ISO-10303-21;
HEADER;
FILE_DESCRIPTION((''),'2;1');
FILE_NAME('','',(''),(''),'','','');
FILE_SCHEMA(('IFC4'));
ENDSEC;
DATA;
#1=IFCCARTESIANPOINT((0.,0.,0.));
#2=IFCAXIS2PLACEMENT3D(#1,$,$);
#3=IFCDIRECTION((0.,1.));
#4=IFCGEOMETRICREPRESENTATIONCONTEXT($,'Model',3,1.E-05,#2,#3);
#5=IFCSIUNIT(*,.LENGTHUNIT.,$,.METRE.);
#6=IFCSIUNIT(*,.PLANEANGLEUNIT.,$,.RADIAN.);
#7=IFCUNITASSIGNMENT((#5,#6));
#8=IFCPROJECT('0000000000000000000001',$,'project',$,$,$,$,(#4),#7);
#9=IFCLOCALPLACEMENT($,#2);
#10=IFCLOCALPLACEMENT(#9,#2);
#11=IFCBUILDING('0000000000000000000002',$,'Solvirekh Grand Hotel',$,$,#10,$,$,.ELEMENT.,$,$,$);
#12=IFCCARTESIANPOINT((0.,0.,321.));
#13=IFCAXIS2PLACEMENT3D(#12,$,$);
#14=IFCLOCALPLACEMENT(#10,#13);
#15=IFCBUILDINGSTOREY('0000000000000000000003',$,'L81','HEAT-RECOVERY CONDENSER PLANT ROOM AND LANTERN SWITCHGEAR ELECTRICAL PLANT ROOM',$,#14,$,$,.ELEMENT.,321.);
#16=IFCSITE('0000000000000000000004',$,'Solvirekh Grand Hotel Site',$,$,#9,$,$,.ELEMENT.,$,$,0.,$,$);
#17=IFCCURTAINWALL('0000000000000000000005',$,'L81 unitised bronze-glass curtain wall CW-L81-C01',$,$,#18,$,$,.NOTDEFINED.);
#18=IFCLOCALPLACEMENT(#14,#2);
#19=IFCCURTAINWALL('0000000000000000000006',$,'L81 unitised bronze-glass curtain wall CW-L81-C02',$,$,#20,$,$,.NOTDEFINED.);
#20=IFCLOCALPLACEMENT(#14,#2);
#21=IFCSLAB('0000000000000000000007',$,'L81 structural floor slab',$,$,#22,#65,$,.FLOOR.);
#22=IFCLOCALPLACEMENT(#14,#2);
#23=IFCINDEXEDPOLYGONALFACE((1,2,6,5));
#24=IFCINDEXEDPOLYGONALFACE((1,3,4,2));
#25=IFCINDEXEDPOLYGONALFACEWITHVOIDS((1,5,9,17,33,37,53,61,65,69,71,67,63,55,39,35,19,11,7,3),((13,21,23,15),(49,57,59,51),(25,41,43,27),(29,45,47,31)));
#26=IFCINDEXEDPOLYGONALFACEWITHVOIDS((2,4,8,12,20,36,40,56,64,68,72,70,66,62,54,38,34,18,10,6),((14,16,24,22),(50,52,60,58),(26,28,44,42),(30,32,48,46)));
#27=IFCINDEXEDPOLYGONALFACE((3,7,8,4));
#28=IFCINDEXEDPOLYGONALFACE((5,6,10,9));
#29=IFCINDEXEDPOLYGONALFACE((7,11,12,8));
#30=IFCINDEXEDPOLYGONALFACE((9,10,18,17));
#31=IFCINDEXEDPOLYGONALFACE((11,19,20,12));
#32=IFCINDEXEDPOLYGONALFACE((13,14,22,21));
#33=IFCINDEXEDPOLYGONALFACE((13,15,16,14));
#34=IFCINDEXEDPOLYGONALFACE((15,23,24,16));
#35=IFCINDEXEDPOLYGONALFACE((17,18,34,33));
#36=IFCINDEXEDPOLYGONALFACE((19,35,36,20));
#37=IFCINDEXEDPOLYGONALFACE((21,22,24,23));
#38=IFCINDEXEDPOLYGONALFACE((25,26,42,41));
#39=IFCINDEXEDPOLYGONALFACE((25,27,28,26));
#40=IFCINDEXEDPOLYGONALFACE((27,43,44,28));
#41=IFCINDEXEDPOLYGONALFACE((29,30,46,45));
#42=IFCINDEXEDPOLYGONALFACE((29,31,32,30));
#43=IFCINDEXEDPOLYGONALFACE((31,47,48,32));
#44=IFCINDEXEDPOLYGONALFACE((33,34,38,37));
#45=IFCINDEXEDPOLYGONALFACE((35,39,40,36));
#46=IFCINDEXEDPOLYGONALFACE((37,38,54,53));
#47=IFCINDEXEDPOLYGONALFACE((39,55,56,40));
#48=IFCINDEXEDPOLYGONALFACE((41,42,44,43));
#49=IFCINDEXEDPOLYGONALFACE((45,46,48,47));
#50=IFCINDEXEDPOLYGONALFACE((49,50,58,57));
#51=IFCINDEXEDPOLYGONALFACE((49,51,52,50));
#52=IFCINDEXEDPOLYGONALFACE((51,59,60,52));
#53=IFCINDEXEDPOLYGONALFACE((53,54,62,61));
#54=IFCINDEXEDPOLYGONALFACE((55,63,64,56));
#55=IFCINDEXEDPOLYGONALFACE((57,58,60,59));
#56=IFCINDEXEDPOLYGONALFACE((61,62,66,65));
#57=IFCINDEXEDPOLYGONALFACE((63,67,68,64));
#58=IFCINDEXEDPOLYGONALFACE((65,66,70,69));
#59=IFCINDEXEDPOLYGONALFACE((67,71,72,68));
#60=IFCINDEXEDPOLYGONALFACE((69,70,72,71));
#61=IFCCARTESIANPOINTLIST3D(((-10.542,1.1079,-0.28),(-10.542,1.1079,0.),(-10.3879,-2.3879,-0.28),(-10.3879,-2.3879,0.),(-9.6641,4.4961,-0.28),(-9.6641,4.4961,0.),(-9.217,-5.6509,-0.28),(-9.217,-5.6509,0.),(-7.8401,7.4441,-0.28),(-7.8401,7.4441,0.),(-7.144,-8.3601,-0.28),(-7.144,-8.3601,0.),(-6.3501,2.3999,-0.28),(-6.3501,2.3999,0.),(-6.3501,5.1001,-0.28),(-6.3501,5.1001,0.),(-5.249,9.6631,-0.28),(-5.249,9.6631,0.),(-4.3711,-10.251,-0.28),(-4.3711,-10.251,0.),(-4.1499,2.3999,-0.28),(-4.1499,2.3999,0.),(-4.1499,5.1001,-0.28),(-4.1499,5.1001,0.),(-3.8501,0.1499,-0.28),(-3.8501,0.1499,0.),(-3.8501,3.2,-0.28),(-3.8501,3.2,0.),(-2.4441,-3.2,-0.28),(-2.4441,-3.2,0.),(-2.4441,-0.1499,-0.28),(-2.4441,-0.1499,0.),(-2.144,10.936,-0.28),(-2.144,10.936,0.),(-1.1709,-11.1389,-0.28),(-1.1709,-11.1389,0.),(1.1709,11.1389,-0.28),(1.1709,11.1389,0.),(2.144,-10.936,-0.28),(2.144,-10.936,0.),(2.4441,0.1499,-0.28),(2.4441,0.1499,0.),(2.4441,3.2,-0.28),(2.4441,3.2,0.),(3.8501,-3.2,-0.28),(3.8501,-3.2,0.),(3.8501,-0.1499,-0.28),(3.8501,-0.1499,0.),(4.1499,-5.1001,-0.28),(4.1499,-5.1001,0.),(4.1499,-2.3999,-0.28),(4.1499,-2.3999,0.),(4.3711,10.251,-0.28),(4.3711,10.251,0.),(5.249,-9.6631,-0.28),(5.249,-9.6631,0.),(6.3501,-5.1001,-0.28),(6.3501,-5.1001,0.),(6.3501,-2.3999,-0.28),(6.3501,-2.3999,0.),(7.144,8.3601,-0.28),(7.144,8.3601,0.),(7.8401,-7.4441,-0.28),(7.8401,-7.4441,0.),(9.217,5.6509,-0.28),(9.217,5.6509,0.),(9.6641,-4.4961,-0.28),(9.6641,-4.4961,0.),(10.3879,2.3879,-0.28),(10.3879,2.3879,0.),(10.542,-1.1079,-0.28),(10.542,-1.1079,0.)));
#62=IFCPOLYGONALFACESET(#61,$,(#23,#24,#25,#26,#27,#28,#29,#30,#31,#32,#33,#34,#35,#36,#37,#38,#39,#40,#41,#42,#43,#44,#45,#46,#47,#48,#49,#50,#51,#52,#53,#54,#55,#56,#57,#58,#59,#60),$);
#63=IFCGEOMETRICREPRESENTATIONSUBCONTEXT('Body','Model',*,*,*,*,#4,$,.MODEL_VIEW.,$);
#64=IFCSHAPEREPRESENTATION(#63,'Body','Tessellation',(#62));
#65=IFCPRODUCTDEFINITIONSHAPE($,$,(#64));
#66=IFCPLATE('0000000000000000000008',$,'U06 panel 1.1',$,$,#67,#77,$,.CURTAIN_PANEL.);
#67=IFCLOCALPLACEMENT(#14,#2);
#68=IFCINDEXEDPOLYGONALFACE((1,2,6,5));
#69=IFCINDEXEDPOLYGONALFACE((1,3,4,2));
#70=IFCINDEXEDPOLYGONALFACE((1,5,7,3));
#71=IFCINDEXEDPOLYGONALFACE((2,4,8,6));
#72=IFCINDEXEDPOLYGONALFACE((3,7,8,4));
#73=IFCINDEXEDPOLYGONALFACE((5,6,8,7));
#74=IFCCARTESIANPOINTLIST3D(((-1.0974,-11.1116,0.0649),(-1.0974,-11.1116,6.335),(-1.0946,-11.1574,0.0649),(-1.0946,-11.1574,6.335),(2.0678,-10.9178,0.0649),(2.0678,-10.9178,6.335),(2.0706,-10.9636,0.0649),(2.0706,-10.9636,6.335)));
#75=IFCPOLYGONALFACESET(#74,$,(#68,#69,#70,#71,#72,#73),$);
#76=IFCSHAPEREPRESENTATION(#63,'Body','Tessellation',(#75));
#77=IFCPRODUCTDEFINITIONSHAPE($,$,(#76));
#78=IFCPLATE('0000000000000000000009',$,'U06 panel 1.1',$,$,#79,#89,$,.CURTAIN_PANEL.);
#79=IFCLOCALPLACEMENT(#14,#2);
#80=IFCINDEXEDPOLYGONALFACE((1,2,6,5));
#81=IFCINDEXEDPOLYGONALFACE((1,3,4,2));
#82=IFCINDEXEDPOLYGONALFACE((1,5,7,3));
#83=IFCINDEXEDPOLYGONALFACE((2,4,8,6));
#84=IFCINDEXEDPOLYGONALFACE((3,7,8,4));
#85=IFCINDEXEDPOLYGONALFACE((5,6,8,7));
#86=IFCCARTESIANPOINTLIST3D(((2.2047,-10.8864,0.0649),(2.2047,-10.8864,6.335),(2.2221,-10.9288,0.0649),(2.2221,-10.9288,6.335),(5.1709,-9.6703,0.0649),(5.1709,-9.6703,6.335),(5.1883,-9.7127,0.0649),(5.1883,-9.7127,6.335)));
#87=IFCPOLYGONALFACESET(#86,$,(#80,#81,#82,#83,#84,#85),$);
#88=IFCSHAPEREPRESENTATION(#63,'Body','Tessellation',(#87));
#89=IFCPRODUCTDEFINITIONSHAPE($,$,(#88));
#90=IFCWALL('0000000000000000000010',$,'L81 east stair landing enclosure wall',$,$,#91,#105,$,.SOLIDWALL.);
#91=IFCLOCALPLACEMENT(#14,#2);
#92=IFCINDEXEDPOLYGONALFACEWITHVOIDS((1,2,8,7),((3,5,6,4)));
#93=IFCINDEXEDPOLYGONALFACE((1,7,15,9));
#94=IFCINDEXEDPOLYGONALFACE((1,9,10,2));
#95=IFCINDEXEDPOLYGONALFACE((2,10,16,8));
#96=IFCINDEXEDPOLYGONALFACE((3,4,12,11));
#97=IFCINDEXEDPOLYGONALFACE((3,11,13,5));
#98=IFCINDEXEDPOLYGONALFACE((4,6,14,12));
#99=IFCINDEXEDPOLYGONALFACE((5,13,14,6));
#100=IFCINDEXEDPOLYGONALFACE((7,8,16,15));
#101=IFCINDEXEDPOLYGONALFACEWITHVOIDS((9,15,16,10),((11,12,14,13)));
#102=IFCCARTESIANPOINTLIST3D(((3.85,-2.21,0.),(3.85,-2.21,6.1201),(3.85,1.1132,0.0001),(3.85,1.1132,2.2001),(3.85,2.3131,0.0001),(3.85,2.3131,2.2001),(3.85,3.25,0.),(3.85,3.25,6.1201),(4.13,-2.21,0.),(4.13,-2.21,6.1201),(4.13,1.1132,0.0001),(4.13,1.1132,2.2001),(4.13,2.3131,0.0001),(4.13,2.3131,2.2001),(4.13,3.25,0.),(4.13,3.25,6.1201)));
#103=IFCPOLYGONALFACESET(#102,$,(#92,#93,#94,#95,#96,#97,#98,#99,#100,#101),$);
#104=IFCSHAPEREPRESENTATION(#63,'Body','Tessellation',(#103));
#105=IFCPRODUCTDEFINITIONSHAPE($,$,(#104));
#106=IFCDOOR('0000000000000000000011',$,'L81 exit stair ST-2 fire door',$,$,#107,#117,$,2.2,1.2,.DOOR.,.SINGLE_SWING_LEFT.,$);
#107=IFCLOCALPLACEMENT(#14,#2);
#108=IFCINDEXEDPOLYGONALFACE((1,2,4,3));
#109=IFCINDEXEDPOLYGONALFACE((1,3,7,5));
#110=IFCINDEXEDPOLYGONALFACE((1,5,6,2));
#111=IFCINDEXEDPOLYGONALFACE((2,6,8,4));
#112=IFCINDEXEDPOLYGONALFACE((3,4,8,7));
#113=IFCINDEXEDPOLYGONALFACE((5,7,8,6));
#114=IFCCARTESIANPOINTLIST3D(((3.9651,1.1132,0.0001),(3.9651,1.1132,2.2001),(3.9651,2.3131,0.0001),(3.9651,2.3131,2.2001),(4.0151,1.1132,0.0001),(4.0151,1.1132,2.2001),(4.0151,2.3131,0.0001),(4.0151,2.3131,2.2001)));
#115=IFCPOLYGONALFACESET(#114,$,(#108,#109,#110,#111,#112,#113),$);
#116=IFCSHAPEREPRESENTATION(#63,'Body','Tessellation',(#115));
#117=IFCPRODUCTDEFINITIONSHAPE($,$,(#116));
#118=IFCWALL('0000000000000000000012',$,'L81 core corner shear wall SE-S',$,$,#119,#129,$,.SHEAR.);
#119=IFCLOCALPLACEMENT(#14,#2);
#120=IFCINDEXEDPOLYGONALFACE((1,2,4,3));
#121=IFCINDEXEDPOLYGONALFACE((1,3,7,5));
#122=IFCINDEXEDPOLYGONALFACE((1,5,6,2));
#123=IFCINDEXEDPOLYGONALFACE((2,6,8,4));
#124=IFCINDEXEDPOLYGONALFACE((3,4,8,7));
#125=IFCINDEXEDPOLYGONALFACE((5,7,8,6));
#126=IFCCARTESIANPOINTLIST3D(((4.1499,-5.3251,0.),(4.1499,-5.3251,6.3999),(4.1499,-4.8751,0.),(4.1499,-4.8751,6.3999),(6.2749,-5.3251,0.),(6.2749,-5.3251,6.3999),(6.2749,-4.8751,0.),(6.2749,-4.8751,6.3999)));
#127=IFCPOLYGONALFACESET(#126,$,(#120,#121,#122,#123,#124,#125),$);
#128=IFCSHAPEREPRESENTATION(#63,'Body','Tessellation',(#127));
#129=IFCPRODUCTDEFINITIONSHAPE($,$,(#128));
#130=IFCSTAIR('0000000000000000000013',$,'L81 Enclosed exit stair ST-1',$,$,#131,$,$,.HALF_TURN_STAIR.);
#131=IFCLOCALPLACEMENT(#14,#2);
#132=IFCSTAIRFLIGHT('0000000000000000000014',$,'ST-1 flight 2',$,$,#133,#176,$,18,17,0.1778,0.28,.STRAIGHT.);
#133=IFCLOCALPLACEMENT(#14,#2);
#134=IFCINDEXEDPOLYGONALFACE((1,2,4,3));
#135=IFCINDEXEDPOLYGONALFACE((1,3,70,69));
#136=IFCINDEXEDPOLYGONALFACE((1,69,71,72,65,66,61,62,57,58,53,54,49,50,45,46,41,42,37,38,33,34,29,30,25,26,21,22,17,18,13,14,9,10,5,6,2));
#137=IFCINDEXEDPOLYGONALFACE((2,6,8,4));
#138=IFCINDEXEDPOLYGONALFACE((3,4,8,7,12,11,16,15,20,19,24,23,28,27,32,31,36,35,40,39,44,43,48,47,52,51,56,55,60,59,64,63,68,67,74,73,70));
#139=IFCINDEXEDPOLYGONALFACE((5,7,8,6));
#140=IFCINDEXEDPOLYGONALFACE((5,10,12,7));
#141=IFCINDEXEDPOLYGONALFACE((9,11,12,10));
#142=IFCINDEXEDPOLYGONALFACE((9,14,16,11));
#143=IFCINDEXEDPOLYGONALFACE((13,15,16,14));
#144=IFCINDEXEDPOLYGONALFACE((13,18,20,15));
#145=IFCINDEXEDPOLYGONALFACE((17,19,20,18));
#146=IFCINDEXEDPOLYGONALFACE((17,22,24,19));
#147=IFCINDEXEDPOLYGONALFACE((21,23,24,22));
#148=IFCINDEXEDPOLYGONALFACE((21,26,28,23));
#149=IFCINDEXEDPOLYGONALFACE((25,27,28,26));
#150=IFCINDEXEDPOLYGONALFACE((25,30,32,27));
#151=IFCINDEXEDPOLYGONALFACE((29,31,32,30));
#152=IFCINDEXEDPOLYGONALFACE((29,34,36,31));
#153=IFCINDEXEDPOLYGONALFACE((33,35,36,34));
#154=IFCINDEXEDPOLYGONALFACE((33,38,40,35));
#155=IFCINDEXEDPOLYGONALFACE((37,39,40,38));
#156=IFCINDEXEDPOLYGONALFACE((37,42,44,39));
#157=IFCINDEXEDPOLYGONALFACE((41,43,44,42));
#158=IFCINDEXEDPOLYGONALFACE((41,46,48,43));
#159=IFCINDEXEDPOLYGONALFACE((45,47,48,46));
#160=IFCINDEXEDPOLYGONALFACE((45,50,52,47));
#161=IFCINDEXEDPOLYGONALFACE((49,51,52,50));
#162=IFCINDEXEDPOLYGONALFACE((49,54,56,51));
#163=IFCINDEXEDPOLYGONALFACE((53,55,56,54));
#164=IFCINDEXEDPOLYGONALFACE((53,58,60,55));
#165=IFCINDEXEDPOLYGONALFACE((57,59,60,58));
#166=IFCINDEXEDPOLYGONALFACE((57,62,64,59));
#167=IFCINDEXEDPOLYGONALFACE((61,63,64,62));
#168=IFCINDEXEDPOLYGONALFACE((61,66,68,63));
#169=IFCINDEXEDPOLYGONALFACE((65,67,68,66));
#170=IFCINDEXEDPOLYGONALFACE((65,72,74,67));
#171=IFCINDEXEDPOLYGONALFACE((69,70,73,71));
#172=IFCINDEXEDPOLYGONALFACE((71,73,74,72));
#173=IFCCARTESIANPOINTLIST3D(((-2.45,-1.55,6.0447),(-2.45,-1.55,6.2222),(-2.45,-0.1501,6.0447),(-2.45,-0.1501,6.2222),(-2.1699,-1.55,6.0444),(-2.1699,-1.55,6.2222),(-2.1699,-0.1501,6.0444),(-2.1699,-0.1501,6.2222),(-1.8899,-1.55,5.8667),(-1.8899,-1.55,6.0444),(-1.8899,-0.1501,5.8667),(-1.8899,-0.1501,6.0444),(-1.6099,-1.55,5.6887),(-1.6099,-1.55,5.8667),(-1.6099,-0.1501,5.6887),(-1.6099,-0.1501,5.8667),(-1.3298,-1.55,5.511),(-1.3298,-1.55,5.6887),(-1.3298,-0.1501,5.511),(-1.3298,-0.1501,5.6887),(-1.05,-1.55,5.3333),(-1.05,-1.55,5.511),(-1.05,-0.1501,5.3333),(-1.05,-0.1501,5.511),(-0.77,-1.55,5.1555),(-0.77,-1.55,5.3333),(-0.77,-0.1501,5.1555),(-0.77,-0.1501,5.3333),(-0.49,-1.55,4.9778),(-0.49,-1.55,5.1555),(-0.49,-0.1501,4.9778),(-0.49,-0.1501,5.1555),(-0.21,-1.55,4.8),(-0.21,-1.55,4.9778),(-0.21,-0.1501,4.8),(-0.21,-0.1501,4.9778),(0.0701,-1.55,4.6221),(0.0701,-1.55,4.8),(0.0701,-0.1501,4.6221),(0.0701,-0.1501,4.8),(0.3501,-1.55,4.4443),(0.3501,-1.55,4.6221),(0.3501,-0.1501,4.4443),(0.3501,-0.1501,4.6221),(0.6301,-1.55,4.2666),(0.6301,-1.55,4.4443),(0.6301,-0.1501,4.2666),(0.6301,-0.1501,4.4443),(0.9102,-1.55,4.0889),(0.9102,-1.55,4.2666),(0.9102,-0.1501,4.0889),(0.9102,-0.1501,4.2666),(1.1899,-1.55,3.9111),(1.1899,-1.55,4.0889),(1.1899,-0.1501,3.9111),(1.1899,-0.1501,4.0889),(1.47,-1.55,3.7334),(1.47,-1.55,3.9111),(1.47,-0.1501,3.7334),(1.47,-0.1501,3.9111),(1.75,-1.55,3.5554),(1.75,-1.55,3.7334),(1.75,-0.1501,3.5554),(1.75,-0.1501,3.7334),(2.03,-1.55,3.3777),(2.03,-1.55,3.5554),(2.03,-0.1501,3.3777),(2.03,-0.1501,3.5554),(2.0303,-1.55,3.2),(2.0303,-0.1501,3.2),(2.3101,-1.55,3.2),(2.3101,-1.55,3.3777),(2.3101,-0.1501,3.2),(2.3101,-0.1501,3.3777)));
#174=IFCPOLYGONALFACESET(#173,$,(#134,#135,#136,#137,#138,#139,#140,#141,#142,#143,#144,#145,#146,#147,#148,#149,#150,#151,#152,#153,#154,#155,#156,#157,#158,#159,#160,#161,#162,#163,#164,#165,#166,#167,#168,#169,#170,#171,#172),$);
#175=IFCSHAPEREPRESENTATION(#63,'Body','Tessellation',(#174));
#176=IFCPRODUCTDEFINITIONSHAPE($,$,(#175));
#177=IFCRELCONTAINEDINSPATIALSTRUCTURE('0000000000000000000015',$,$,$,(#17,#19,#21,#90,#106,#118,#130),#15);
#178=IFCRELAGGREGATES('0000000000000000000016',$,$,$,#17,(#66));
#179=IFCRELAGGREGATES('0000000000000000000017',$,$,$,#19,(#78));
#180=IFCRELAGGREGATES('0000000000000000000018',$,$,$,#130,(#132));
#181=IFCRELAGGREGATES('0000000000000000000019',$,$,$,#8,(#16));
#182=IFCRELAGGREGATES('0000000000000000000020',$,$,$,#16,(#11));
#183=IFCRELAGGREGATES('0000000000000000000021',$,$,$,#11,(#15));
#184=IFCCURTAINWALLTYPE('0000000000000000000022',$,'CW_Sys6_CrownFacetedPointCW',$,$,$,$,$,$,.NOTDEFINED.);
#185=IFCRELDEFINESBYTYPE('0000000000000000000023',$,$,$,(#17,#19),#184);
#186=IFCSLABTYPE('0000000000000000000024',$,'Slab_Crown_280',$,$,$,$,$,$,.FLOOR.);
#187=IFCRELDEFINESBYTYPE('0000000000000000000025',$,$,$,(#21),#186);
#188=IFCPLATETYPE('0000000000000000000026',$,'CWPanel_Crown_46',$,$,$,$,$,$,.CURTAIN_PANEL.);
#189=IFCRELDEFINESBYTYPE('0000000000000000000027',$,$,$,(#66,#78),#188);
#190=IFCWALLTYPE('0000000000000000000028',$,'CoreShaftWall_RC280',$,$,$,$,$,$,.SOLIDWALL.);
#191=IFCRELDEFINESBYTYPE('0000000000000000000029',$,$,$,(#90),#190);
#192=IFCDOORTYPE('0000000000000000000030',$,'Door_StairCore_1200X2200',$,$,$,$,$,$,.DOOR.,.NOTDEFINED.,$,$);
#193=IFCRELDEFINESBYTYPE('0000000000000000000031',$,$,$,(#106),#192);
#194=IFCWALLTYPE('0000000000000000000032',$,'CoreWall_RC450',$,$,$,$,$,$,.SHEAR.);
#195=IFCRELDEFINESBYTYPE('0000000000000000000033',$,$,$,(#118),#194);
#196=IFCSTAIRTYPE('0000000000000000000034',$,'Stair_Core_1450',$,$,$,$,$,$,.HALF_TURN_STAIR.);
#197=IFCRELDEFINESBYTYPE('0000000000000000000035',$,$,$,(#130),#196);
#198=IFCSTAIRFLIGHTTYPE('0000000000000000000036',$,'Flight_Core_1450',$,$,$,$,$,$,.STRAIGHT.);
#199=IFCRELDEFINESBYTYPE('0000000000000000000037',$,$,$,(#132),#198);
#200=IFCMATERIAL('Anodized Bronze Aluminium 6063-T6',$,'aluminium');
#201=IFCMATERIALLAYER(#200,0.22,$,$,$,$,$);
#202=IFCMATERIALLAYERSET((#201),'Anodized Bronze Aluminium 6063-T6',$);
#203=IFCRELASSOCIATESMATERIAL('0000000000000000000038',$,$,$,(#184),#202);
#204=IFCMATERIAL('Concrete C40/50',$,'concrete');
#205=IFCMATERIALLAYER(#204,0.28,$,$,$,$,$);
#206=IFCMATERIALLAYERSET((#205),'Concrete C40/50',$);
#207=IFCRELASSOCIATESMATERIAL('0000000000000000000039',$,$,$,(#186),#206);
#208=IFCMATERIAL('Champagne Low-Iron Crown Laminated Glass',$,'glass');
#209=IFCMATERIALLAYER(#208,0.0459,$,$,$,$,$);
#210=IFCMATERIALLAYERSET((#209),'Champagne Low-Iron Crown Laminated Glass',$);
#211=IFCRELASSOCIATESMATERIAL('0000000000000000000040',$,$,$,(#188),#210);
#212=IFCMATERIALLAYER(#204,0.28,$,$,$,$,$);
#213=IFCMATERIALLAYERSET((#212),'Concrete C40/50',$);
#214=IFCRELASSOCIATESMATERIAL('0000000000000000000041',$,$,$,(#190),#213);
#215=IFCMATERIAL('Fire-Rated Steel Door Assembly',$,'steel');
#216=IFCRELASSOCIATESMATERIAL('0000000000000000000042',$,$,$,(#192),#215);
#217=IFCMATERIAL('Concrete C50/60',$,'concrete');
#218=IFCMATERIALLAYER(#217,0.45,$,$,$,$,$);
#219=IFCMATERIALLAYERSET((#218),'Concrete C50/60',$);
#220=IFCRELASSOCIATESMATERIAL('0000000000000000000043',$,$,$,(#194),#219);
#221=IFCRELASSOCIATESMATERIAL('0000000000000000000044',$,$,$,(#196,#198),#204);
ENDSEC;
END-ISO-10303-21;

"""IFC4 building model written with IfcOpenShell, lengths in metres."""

from ifc_helpers import new_model, si_unit, direction, frame, frame_2d, origin, origin_2d, place, context, subcontext, project, spatial, polyline, rectangle, outline, extrude, source, transform, mapped, material, layer, layer_set, type_object, element, fill, aggregate, save


model = new_model("IFC4")

# Units and contexts
model_context = context("Model", 3, precision=1e-05, world=origin(), true_north=direction((0.0, 1.0)))
body_context = subcontext(model_context, "Body", "Model", "MODEL_VIEW")
ifc_project = project(units=[si_unit("LENGTHUNIT", "METRE"), si_unit("PLANEANGLEUNIT", "RADIAN")], contexts=[model_context])

# Site, building, storey
site_placement = place(None, origin())
site = spatial("IfcSite", under=ifc_project, at=site_placement, Name="Solvirekh Grand Hotel Site", CompositionType="ELEMENT", RefElevation=0.0)
building_placement = place(site_placement, origin())
building = spatial("IfcBuilding", under=site, at=building_placement, Name="Solvirekh Grand Hotel", CompositionType="ELEMENT")
storey_placement = place(building_placement, frame((0.0, 0.0, 321.0)))
storey = spatial("IfcBuildingStorey", under=building, at=storey_placement, Name="L81", Description="HEAT-RECOVERY CONDENSER PLANT ROOM AND LANTERN SWITCHGEAR ELECTRICAL PLANT ROOM", CompositionType="ELEMENT", Elevation=321.0)

# Curtain walls
ifc_material_1 = material(Name="Anodized Bronze Aluminium 6063-T6", Category="aluminium")
ifc_layer_1 = layer(ifc_material_1, 0.22)
ifc_layer_set_1 = layer_set([ifc_layer_1], Name="Anodized Bronze Aluminium 6063-T6")
curtain_wall_type = type_object("IfcCurtainWallType", Name="CW_Sys6_CrownFacetedPointCW", PredefinedType="NOTDEFINED", material=ifc_layer_set_1)
curtain_wall_1_placement = place(storey_placement, origin())
curtain_wall_1 = element("IfcCurtainWall", 1, at=curtain_wall_1_placement, inside=storey, type_object=curtain_wall_type, Name="L81 unitised bronze-glass curtain wall CW-L81-C01", PredefinedType="NOTDEFINED")
curtain_wall_2_placement = place(storey_placement, origin())
curtain_wall_2 = element("IfcCurtainWall", 2, at=curtain_wall_2_placement, inside=storey, type_object=curtain_wall_type, Name="L81 unitised bronze-glass curtain wall CW-L81-C02", PredefinedType="NOTDEFINED")

# Slab
ifc_material_2 = material(Name="Concrete C40/50", Category="concrete")
ifc_layer_2 = layer(ifc_material_2, 0.28)
ifc_layer_set_2 = layer_set([ifc_layer_2], Name="Concrete C40/50")
slab_type = type_object("IfcSlabType", Name="Slab_Crown_280", PredefinedType="FLOOR", material=ifc_layer_set_2)
slab_placement = place(storey_placement, frame((0.0, 0.0, -0.28)))
element("IfcSlab", 3, at=slab_placement, inside=storey, type_object=slab_type, Name="L81 structural floor slab", PredefinedType="FLOOR", context=body_context, shape_type="SweptSolid", body=[
    extrude(outline(polyline([(-1.1709, -11.1389), (2.144, -10.936), (5.249, -9.6631), (7.8401, -7.4441), (9.6641, -4.4961), (10.542, -1.1079), (10.3879, 2.3879), (9.217, 5.6509), (7.144, 8.3601), (4.3711, 10.251), (1.1709, 11.1389), (-2.144, 10.936), (-5.249, 9.6631), (-7.8401, 7.4441), (-9.6641, 4.4961), (-10.542, 1.1079), (-10.3879, -2.3879), (-9.217, -5.6509), (-7.144, -8.3601), (-4.3711, -10.251), (-1.1709, -11.1389)]), holes=[polyline([(-2.4441, -0.1499), (3.8501, -0.1499), (3.8501, -3.2), (-2.4441, -3.2), (-2.4441, -0.1499)]), polyline([(2.4441, 0.1499), (-3.8501, 0.1499), (-3.8501, 3.2), (2.4441, 3.2), (2.4441, 0.1499)]), polyline([(-6.3501, 5.1001), (-4.1499, 5.1001), (-4.1499, 2.3999), (-6.3501, 2.3999), (-6.3501, 5.1001)]), polyline([(4.1499, -2.3999), (6.3501, -2.3999), (6.3501, -5.1001), (4.1499, -5.1001), (4.1499, -2.3999)])]), origin(), (0.0, 0.0, 1.0), 0.28),
])

# Plates
ifc_material_3 = material(Name="Champagne Low-Iron Crown Laminated Glass", Category="glass")
ifc_layer_3 = layer(ifc_material_3, 0.0459)
ifc_layer_set_3 = layer_set([ifc_layer_3], Name="Champagne Low-Iron Crown Laminated Glass")
plate_type_1 = type_object("IfcPlateType", Name="CWPanel_Crown_46", PredefinedType="CURTAIN_PANEL", material=ifc_layer_set_3)
shared_shape_1 = source(origin(), body_context, "Body", "SweptSolid", [
    extrude(rectangle(XDim=3.1711, YDim=0.0459, at=origin_2d()), origin(), (0.0, 0.0, 1.0), 6.27),
])
plate_1_placement = place(storey_placement, frame((0.4866, -11.0376, 0.0649), z_axis=(0.0, 0.0, 1.0), x_axis=(0.99813, 0.061122, 0.0)))
plate_1 = element("IfcPlate", 4, at=plate_1_placement, type_object=plate_type_1, Name="U06 panel 1.1", PredefinedType="CURTAIN_PANEL", context=body_context, shape_type="MappedRepresentation", body=[
    mapped(shared_shape_1, transform((0.0, 0.0, 0.0), x_axis=(1.0, 0.0, 0.0), y_axis=(0.0, 1.0, 0.0), z_axis=(0.0, 0.0, 1.0), scale=1.0)),
])
aggregate(curtain_wall_1, [plate_1])
shared_shape_2 = source(origin(), body_context, "Body", "SweptSolid", [
    extrude(rectangle(XDim=3.2058, YDim=0.0459, at=origin_2d()), origin(), (0.0, 0.0, 1.0), 6.27),
])
plate_2_placement = place(storey_placement, frame((3.6965, -10.2996, 0.0649), z_axis=(0.0, 0.0, 1.0), x_axis=(0.925257, 0.379341, 0.0)))
plate_2 = element("IfcPlate", 5, at=plate_2_placement, type_object=plate_type_1, Name="U06 panel 1.1", PredefinedType="CURTAIN_PANEL", context=body_context, shape_type="MappedRepresentation", body=[
    mapped(shared_shape_2, transform((0.0, 0.0, 0.0), x_axis=(1.0, 0.0, 0.0), y_axis=(0.0, 1.0, 0.0), z_axis=(0.0, 0.0, 1.0), scale=1.0)),
])
aggregate(curtain_wall_2, [plate_2])

# Wall, opening, door
ifc_layer_4 = layer(ifc_material_2, 0.28)
ifc_layer_set_4 = layer_set([ifc_layer_4], Name="Concrete C40/50")
wall_type_1 = type_object("IfcWallType", Name="CoreShaftWall_RC280", PredefinedType="SOLIDWALL", material=ifc_layer_set_4)
wall_1_placement = place(storey_placement, frame((3.99, -2.21, 0.0), z_axis=(0.0, 0.0, 1.0), x_axis=(0.0, 1.0, 0.0)))
wall_1 = element("IfcWall", 6, at=wall_1_placement, inside=storey, type_object=wall_type_1, Name="L81 east stair landing enclosure wall", PredefinedType="SOLIDWALL", context=body_context, shape_type="SweptSolid", body=[
    extrude(rectangle(XDim=5.46, YDim=0.28, at=frame_2d((2.73, 0.0))), origin(), (0.0, 0.0, 1.0), 6.1201),
])
opening_placement = place(wall_1_placement, frame((3.323, 0.0, 0.0)))
opening = element("IfcOpeningElement", 7, at=opening_placement, cuts=wall_1, PredefinedType="OPENING", context=body_context, shape_type="SweptSolid", body=[
    extrude(rectangle(XDim=1.2, YDim=2.2, at=frame_2d((0.6001, 1.1001))), frame((0.0, 0.1499, 0.0), z_axis=(0.0, -1.0, 0.0), x_axis=(1.0, 0.0, 0.0)), (0.0, 0.0, 1.0), 0.3),
])
ifc_material_4 = material(Name="Fire-Rated Steel Door Assembly", Category="steel")
door_type = type_object("IfcDoorType", Name="Door_StairCore_1200X2200", OperationType="NOTDEFINED", PredefinedType="DOOR", material=ifc_material_4)
door_placement = place(opening_placement, origin())
door = element("IfcDoor", 8, at=door_placement, inside=storey, type_object=door_type, Name="L81 exit stair ST-2 fire door", OperationType="SINGLE_SWING_LEFT", OverallHeight=2.2, OverallWidth=1.2, PredefinedType="DOOR", context=body_context, shape_type="SweptSolid", body=[
    extrude(rectangle(XDim=1.2, YDim=2.2, at=frame_2d((0.6001, 1.1001))), frame((0.0, 0.0249, 0.0), z_axis=(0.0, -1.0, 0.0), x_axis=(1.0, 0.0, 0.0)), (0.0, 0.0, 1.0), 0.05),
])
fill(opening, door)

# Wall
ifc_material_5 = material(Name="Concrete C50/60", Category="concrete")
ifc_layer_5 = layer(ifc_material_5, 0.45)
ifc_layer_set_5 = layer_set([ifc_layer_5], Name="Concrete C50/60")
wall_type_2 = type_object("IfcWallType", Name="CoreWall_RC450", PredefinedType="SHEAR", material=ifc_layer_set_5)
wall_2_placement = place(storey_placement, frame((4.1499, -5.1001, 0.0), z_axis=(0.0, 0.0, 1.0), x_axis=(1.0, 0.0, 0.0)))
element("IfcWall", 9, at=wall_2_placement, inside=storey, type_object=wall_type_2, Name="L81 core corner shear wall SE-S", PredefinedType="SHEAR", context=body_context, shape_type="SweptSolid", body=[
    extrude(rectangle(XDim=2.125, YDim=0.45, at=frame_2d((1.0625, 0.0))), origin(), (0.0, 0.0, 1.0), 6.3999),
])

# Stair, stair flight
stair_type = type_object("IfcStairType", Name="Stair_Core_1450", PredefinedType="HALF_TURN_STAIR", material=ifc_material_2)
stair_placement = place(storey_placement, origin())
stair = element("IfcStair", 10, at=stair_placement, inside=storey, type_object=stair_type, Name="L81 Enclosed exit stair ST-1", PredefinedType="HALF_TURN_STAIR")
stair_flight_type = type_object("IfcStairFlightType", Name="Flight_Core_1450", PredefinedType="STRAIGHT", material=ifc_material_2)
stair_flight_placement = place(storey_placement, frame((2.3101, -0.8501, 3.2), z_axis=(0.0, 0.0, 1.0), x_axis=(-1.0, 0.0, 0.0)))
stair_flight = element("IfcStairFlight", 11, at=stair_flight_placement, type_object=stair_flight_type, Name="ST-1 flight 2", NumberOfRisers=18, NumberOfTreads=17, PredefinedType="STRAIGHT", RiserHeight=0.1778, TreadLength=0.28, context=body_context, shape_type="SweptSolid", body=[
    extrude(outline(polyline([(0.0, 0.0), (0.0, 0.1777), (0.28, 0.1777), (0.28, 0.3555), (0.5601, 0.3555), (0.5601, 0.5334), (0.8401, 0.5334), (0.8401, 0.7112), (1.1201, 0.7112), (1.1201, 0.8889), (1.3999, 0.8889), (1.3999, 1.0667), (1.6799, 1.0667), (1.6799, 1.2444), (1.96, 1.2444), (1.96, 1.4221), (2.24, 1.4221), (2.24, 1.6001), (2.52, 1.6001), (2.52, 1.7778), (2.8, 1.7778), (2.8, 1.9556), (3.0801, 1.9556), (3.0801, 2.1333), (3.3601, 2.1333), (3.3601, 2.311), (3.6399, 2.311), (3.6399, 2.4888), (3.9199, 2.4888), (3.9199, 2.6667), (4.2, 2.6667), (4.2, 2.8445), (4.48, 2.8445), (4.48, 3.0222), (4.76, 3.0222), (4.76, 3.2), (4.76, 2.8447), (0.2798, 0.0), (0.0, 0.0)])), frame((0.0, 0.7, 0.0), z_axis=(0.0, -1.0, 0.0), x_axis=(1.0, 0.0, 0.0)), (0.0, 0.0, 1.0), 1.3999),
])
aggregate(stair, [stair_flight])

save(model, "model.ifc")
